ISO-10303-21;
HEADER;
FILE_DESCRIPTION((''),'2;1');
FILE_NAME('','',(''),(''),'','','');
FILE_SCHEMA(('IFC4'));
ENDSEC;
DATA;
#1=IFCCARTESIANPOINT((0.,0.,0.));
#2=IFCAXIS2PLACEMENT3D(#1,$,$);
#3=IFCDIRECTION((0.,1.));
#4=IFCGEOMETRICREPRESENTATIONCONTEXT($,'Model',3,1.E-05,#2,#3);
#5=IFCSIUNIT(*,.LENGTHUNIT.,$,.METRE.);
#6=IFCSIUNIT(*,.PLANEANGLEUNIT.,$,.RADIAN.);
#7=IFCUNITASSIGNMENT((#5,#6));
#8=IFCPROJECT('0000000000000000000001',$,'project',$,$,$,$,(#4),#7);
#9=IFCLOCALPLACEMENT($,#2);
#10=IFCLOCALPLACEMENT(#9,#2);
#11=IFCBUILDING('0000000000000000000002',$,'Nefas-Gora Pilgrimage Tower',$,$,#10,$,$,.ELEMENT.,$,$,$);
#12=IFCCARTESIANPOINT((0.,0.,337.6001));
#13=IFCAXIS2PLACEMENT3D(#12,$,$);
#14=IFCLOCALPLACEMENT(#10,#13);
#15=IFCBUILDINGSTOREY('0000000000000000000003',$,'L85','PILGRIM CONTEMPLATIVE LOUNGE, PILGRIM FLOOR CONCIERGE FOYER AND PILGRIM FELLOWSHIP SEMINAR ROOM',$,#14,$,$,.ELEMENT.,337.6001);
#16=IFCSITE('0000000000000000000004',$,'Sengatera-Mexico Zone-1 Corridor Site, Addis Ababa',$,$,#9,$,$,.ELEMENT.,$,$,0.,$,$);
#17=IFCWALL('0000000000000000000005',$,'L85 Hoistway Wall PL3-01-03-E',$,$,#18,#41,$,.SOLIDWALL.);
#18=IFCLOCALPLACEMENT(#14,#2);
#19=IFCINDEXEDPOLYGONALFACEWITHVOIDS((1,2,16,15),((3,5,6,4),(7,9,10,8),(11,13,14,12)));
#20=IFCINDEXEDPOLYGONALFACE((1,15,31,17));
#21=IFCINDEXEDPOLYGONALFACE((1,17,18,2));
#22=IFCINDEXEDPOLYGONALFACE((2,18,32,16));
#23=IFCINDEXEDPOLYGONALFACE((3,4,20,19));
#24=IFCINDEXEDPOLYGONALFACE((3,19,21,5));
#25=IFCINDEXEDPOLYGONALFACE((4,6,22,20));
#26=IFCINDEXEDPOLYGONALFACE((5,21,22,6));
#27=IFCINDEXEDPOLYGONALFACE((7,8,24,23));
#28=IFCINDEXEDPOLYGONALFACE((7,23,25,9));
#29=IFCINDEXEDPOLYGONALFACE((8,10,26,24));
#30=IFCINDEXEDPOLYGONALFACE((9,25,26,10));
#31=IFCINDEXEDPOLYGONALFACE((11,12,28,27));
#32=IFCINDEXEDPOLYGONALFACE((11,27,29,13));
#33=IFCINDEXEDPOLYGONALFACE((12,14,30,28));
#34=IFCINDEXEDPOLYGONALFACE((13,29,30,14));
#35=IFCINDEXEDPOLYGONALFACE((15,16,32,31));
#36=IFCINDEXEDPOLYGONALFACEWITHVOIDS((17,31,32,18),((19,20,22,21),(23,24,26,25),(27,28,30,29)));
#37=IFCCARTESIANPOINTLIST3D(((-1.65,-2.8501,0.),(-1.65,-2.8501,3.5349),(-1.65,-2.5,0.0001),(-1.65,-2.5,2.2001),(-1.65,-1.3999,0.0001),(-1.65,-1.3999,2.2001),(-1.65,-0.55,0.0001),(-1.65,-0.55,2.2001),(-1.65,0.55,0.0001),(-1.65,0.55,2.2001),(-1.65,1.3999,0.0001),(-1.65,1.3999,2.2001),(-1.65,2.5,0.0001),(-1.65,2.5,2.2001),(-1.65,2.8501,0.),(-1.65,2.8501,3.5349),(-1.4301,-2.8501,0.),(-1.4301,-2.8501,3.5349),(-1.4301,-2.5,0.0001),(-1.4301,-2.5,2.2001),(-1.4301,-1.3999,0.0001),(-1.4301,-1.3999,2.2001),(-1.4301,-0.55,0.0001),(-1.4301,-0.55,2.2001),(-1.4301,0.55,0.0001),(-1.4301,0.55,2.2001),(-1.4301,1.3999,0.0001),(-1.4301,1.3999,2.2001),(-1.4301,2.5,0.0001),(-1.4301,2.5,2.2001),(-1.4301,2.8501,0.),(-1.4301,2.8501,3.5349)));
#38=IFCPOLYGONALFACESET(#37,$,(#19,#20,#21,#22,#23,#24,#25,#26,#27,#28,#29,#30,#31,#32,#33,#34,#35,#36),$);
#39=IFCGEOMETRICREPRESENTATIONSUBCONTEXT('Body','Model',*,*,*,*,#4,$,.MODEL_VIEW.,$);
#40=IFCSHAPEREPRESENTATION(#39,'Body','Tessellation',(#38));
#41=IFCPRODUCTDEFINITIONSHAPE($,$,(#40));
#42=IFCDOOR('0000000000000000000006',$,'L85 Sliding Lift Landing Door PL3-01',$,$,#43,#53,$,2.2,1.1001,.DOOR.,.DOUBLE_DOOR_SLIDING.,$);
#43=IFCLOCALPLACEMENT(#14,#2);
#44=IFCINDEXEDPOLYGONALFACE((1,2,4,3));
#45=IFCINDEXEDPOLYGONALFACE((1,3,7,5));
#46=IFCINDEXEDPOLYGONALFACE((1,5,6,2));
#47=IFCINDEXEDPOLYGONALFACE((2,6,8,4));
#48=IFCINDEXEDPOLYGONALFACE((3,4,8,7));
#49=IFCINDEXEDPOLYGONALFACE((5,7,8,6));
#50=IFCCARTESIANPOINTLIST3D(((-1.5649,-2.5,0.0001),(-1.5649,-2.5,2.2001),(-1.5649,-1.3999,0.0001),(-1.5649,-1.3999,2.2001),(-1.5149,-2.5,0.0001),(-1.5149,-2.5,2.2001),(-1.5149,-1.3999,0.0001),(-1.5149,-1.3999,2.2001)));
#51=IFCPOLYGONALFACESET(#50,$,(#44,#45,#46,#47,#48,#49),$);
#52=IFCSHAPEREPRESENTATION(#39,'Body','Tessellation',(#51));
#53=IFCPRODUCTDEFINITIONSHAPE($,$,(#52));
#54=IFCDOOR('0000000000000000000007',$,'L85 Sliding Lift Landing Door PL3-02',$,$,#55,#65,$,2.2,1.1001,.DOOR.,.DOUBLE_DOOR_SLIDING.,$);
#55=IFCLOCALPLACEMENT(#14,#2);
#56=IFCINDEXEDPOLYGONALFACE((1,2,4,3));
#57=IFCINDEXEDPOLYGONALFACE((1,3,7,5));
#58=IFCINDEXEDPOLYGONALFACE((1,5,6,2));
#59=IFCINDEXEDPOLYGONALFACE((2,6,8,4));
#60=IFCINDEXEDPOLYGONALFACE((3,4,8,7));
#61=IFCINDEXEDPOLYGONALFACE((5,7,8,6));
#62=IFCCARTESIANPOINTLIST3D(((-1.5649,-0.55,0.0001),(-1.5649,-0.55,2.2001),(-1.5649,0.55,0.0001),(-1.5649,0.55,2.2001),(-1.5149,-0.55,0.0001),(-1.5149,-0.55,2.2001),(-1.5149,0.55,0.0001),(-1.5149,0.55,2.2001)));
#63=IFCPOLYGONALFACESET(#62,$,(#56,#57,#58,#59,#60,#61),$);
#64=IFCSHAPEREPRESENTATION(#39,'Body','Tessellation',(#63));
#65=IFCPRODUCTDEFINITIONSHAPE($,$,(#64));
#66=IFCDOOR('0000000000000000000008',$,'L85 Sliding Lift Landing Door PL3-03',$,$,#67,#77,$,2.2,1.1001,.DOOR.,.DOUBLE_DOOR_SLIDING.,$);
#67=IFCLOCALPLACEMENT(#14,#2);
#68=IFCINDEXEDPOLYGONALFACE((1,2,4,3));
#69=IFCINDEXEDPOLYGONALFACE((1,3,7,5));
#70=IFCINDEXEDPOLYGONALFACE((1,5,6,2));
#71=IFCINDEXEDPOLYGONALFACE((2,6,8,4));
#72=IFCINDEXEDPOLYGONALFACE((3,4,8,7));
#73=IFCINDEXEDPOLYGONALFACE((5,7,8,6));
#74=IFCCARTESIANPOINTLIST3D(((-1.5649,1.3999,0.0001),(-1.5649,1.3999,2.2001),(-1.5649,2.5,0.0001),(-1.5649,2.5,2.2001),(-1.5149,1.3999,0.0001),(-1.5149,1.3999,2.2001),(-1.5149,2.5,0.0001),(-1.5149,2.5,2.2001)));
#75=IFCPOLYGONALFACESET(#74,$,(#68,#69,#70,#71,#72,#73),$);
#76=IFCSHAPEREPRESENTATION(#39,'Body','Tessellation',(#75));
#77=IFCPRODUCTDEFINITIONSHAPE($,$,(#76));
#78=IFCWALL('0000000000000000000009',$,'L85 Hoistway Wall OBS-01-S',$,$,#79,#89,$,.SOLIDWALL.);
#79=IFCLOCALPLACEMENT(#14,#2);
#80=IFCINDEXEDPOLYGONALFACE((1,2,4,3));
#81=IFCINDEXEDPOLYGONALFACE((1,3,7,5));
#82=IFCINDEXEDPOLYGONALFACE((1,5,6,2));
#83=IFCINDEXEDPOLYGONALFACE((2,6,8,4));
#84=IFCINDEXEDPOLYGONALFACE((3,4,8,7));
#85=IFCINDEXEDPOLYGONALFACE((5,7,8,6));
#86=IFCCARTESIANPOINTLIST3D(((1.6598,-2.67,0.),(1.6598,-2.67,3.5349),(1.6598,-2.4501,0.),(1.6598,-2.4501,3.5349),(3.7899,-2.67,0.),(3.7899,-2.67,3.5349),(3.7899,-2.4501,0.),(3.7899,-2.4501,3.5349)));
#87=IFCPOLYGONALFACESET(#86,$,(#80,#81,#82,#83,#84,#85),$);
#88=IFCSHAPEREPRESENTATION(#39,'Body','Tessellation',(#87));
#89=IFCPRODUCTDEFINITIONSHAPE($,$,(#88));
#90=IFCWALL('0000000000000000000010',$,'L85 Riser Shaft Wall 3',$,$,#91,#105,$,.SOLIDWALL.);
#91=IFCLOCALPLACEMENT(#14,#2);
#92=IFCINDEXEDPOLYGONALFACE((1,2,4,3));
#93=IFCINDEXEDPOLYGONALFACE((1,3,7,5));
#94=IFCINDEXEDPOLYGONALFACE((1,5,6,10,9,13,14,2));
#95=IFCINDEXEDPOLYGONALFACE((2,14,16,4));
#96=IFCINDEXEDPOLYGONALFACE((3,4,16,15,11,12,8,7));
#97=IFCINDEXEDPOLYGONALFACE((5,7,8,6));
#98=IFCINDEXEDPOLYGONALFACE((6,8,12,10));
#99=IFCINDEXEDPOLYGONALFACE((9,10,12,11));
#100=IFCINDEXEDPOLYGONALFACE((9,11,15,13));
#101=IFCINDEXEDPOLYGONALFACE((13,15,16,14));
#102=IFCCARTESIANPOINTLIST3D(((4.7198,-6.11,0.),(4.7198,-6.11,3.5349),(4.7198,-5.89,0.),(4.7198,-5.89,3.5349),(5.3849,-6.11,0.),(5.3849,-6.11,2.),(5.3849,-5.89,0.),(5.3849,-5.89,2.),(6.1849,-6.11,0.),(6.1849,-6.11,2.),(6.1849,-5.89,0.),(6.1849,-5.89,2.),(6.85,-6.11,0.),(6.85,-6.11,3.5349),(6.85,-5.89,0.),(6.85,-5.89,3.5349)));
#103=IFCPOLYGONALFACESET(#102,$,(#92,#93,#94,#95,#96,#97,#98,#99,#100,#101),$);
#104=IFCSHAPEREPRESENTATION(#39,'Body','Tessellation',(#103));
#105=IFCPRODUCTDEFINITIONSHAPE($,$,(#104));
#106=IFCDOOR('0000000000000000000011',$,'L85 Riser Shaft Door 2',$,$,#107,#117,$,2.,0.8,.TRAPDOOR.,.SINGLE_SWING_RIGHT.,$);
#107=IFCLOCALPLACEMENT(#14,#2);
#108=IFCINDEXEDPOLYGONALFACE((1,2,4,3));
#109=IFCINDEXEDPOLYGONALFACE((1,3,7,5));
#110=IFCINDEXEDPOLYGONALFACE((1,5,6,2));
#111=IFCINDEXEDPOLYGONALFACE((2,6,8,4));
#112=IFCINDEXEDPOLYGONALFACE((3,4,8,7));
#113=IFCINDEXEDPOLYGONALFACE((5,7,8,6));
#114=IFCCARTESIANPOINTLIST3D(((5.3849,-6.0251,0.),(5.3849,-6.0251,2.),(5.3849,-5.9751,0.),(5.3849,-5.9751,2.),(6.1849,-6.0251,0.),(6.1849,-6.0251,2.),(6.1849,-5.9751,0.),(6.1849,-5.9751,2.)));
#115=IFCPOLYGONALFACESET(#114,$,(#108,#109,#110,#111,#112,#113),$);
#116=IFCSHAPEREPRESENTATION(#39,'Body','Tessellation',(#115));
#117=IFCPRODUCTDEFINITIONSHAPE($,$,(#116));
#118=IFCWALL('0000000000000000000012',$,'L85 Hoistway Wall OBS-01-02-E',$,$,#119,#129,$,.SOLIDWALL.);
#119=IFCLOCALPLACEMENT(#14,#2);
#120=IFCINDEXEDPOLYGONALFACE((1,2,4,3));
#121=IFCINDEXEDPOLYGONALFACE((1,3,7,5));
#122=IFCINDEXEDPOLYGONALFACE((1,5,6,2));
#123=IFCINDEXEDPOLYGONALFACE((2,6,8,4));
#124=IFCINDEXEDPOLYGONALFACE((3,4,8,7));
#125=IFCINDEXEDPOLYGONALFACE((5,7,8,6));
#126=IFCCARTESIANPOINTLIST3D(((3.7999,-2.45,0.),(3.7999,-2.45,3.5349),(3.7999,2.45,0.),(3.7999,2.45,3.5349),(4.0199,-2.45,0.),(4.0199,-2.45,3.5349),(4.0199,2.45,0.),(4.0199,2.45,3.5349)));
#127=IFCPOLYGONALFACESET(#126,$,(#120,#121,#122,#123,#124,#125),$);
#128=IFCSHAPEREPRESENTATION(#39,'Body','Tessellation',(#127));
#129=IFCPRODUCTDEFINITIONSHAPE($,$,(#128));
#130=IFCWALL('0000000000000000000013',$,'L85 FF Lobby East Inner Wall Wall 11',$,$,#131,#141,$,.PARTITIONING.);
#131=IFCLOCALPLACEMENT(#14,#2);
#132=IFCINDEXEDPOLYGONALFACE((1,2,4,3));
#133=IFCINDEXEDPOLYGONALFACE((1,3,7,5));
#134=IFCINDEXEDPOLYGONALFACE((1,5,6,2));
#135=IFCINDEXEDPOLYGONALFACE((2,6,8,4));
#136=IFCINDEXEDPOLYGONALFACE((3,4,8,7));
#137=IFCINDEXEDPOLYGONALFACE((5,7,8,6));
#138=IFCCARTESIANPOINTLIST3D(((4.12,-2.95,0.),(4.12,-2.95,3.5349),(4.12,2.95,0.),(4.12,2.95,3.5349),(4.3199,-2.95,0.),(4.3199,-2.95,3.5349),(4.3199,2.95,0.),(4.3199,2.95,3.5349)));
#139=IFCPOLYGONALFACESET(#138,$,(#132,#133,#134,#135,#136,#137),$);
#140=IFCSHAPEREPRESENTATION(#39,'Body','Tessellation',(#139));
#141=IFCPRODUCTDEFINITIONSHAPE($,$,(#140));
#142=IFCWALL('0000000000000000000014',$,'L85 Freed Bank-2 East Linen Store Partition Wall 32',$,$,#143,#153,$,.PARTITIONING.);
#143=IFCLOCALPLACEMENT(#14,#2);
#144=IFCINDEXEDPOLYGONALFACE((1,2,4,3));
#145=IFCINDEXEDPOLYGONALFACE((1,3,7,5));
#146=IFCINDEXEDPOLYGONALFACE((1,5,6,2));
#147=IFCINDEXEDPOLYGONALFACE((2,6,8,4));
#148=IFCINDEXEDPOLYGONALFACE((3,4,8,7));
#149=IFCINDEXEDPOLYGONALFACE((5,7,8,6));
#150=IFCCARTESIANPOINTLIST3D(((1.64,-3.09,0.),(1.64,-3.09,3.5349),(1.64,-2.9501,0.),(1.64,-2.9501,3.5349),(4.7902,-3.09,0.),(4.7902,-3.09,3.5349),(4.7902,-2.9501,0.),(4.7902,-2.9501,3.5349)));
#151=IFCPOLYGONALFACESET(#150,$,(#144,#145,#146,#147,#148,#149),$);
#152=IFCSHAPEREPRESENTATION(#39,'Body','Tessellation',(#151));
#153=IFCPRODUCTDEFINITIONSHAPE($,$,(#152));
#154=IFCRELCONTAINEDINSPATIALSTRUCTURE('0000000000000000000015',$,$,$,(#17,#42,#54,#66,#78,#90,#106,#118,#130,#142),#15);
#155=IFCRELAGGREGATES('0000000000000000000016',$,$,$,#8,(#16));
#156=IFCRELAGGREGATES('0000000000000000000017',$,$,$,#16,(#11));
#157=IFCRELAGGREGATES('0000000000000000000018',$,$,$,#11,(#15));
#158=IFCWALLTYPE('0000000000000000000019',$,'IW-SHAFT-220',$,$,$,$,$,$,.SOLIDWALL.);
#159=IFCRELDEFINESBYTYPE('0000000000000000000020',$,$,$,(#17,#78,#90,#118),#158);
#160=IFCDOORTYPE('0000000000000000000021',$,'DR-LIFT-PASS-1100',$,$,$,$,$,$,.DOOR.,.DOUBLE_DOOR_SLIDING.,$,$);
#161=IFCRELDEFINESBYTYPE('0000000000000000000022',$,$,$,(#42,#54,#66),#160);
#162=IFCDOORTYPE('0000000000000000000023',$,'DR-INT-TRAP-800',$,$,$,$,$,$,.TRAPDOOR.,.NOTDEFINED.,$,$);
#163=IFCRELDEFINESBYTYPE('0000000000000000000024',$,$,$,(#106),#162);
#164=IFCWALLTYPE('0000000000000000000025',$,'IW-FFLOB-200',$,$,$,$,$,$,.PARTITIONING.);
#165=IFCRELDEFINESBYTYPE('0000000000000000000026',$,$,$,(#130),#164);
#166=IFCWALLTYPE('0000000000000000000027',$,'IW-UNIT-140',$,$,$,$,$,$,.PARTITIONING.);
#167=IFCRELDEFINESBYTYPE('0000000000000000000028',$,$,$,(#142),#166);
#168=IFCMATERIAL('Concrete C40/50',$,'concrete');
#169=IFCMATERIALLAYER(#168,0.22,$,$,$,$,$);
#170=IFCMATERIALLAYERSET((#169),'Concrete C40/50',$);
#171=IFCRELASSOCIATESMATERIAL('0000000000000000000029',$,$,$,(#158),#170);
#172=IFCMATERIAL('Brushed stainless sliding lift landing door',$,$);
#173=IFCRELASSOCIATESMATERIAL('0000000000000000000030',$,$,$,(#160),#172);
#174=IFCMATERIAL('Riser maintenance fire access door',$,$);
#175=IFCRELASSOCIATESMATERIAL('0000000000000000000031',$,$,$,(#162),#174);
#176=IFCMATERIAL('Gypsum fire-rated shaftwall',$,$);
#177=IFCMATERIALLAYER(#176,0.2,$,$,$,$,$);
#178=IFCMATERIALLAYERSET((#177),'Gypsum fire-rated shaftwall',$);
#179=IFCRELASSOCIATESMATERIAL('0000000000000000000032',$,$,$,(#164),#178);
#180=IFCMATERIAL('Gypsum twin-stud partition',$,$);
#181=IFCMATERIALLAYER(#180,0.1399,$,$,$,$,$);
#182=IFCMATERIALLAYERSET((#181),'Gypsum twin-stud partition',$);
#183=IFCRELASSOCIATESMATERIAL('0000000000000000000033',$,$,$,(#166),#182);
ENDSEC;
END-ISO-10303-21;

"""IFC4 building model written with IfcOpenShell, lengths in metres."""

from ifc_helpers import new_model, si_unit, direction, frame, frame_2d, origin, place, context, subcontext, project, spatial, rectangle, extrude, source, transform, mapped, material, layer, layer_set, type_object, element, fill, save


model = new_model("IFC4")

# Units and contexts
model_context = context("Model", 3, precision=1e-05, world=origin(), true_north=direction((0.0, 1.0)))
body_context = subcontext(model_context, "Body", "Model", "MODEL_VIEW")
ifc_project = project(units=[si_unit("LENGTHUNIT", "METRE"), si_unit("PLANEANGLEUNIT", "RADIAN")], contexts=[model_context])

# Site, building, storey
site_placement = place(None, origin())
site = spatial("IfcSite", under=ifc_project, at=site_placement, Name="Sengatera-Mexico Zone-1 Corridor Site, Addis Ababa", CompositionType="ELEMENT", RefElevation=0.0)
building_placement = place(site_placement, origin())
building = spatial("IfcBuilding", under=site, at=building_placement, Name="Nefas-Gora Pilgrimage Tower", CompositionType="ELEMENT")
storey_placement = place(building_placement, frame((0.0, 0.0, 337.6001)))
storey = spatial("IfcBuildingStorey", under=building, at=storey_placement, Name="L85", Description="PILGRIM CONTEMPLATIVE LOUNGE, PILGRIM FLOOR CONCIERGE FOYER AND PILGRIM FELLOWSHIP SEMINAR ROOM", CompositionType="ELEMENT", Elevation=337.6001)

# Shared definitions
ifc_material_1 = material(Name="Concrete C40/50", Category="concrete")
ifc_layer_1 = layer(ifc_material_1, 0.22)
ifc_layer_set_1 = layer_set([ifc_layer_1], Name="Concrete C40/50")
wall_type_1 = type_object("IfcWallType", Name="IW-SHAFT-220", PredefinedType="SOLIDWALL", material=ifc_layer_set_1)

# Wall, openings, doors
shared_shape_1 = source(origin(), body_context, "Body", "SweptSolid", [
    extrude(rectangle(XDim=5.7002, YDim=0.22, at=frame_2d((2.8501, 0.0))), origin(), (0.0, 0.0, 1.0), 3.5349),
])
wall_1_placement = place(storey_placement, frame((-1.54, -2.8501, 0.0), z_axis=(0.0, 0.0, 1.0), x_axis=(0.0, 1.0, 0.0)))
wall_1 = element("IfcWall", 1, at=wall_1_placement, inside=storey, type_object=wall_type_1, Name="L85 Hoistway Wall PL3-01-03-E", PredefinedType="SOLIDWALL", context=body_context, shape_type="MappedRepresentation", body=[
    mapped(shared_shape_1, transform((0.0, 0.0, 0.0), x_axis=(1.0, 0.0, 0.0), y_axis=(0.0, 1.0, 0.0), z_axis=(0.0, 0.0, 1.0), scale=1.0)),
])
opening_1_placement = place(wall_1_placement, frame((0.3501, 0.0, 0.0)))
opening_1 = element("IfcOpeningElement", 2, at=opening_1_placement, cuts=wall_1, PredefinedType="OPENING", context=body_context, shape_type="SweptSolid", body=[
    extrude(rectangle(XDim=1.1001, YDim=2.2, at=frame_2d((0.55, 1.1001))), frame((0.0, 0.1199, 0.0), z_axis=(0.0, -1.0, 0.0), x_axis=(1.0, 0.0, 0.0)), (0.0, 0.0, 1.0), 0.24),
])
opening_2_placement = place(wall_1_placement, frame((2.3, 0.0, 0.0)))
opening_2 = element("IfcOpeningElement", 3, at=opening_2_placement, cuts=wall_1, PredefinedType="OPENING", context=body_context, shape_type="SweptSolid", body=[
    extrude(rectangle(XDim=1.1001, YDim=2.2, at=frame_2d((0.55, 1.1001))), frame((0.0, 0.1199, 0.0), z_axis=(0.0, -1.0, 0.0), x_axis=(1.0, 0.0, 0.0)), (0.0, 0.0, 1.0), 0.24),
])
opening_3_placement = place(wall_1_placement, frame((4.25, 0.0, 0.0)))
opening_3 = element("IfcOpeningElement", 4, at=opening_3_placement, cuts=wall_1, PredefinedType="OPENING", context=body_context, shape_type="SweptSolid", body=[
    extrude(rectangle(XDim=1.1001, YDim=2.2, at=frame_2d((0.55, 1.1001))), frame((0.0, 0.1199, 0.0), z_axis=(0.0, -1.0, 0.0), x_axis=(1.0, 0.0, 0.0)), (0.0, 0.0, 1.0), 0.24),
])
ifc_material_2 = material(Name="Brushed stainless sliding lift landing door")
door_type_1 = type_object("IfcDoorType", Name="DR-LIFT-PASS-1100", OperationType="DOUBLE_DOOR_SLIDING", PredefinedType="DOOR", material=ifc_material_2)
shared_shape_2 = source(origin(), body_context, "Body", "SweptSolid", [
    extrude(rectangle(XDim=1.1001, YDim=2.2, at=frame_2d((0.55, 1.1001))), frame((0.0, 0.0249, 0.0), z_axis=(0.0, -1.0, 0.0), x_axis=(1.0, 0.0, 0.0)), (0.0, 0.0, 1.0), 0.05),
])
door_1_placement = place(opening_1_placement, origin())
door_1 = element("IfcDoor", 5, at=door_1_placement, inside=storey, type_object=door_type_1, Name="L85 Sliding Lift Landing Door PL3-01", OperationType="DOUBLE_DOOR_SLIDING", OverallHeight=2.2, OverallWidth=1.1001, PredefinedType="DOOR", context=body_context, shape_type="MappedRepresentation", body=[
    mapped(shared_shape_2, transform((0.0, 0.0, 0.0), x_axis=(1.0, 0.0, 0.0), y_axis=(0.0, 1.0, 0.0), z_axis=(0.0, 0.0, 1.0), scale=1.0)),
])
fill(opening_1, door_1)
door_2_placement = place(opening_2_placement, origin())
door_2 = element("IfcDoor", 6, at=door_2_placement, inside=storey, type_object=door_type_1, Name="L85 Sliding Lift Landing Door PL3-02", OperationType="DOUBLE_DOOR_SLIDING", OverallHeight=2.2, OverallWidth=1.1001, PredefinedType="DOOR", context=body_context, shape_type="MappedRepresentation", body=[
    mapped(shared_shape_2, transform((0.0, 0.0, 0.0), x_axis=(1.0, 0.0, 0.0), y_axis=(0.0, 1.0, 0.0), z_axis=(0.0, 0.0, 1.0), scale=1.0)),
])
fill(opening_2, door_2)
door_3_placement = place(opening_3_placement, origin())
door_3 = element("IfcDoor", 7, at=door_3_placement, inside=storey, type_object=door_type_1, Name="L85 Sliding Lift Landing Door PL3-03", OperationType="DOUBLE_DOOR_SLIDING", OverallHeight=2.2, OverallWidth=1.1001, PredefinedType="DOOR", context=body_context, shape_type="MappedRepresentation", body=[
    mapped(shared_shape_2, transform((0.0, 0.0, 0.0), x_axis=(1.0, 0.0, 0.0), y_axis=(0.0, 1.0, 0.0), z_axis=(0.0, 0.0, 1.0), scale=1.0)),
])
fill(opening_3, door_3)

# Wall
shared_shape_3 = source(origin(), body_context, "Body", "SweptSolid", [
    extrude(rectangle(XDim=2.1301, YDim=0.22, at=frame_2d((1.0649, 0.0))), origin(), (0.0, 0.0, 1.0), 3.5349),
])
wall_2_placement = place(storey_placement, frame((1.6599, -2.5601, 0.0), z_axis=(0.0, 0.0, 1.0), x_axis=(1.0, 0.0, 0.0)))
element("IfcWall", 8, at=wall_2_placement, inside=storey, type_object=wall_type_1, Name="L85 Hoistway Wall OBS-01-S", PredefinedType="SOLIDWALL", context=body_context, shape_type="MappedRepresentation", body=[
    mapped(shared_shape_3, transform((0.0, 0.0, 0.0), x_axis=(1.0, 0.0, 0.0), y_axis=(0.0, 1.0, 0.0), z_axis=(0.0, 0.0, 1.0), scale=1.0)),
])

# Wall, opening, door
wall_3_placement = place(storey_placement, frame((4.72, -6.0, 0.0), z_axis=(0.0, 0.0, 1.0), x_axis=(1.0, 0.0, 0.0)))
wall_3 = element("IfcWall", 9, at=wall_3_placement, inside=storey, type_object=wall_type_1, Name="L85 Riser Shaft Wall 3", PredefinedType="SOLIDWALL", context=body_context, shape_type="MappedRepresentation", body=[
    mapped(shared_shape_3, transform((0.0, 0.0, 0.0), x_axis=(1.0, 0.0, 0.0), y_axis=(0.0, 1.0, 0.0), z_axis=(0.0, 0.0, 1.0), scale=1.0)),
])
opening_4_placement = place(wall_3_placement, frame((0.665, 0.0, 0.0)))
opening_4 = element("IfcOpeningElement", 10, at=opening_4_placement, cuts=wall_3, PredefinedType="OPENING", context=body_context, shape_type="SweptSolid", body=[
    extrude(rectangle(XDim=0.8, YDim=2.0, at=frame_2d((0.3999, 1.0))), frame((0.0, 0.1199, 0.0), z_axis=(0.0, -1.0, 0.0), x_axis=(1.0, 0.0, 0.0)), (0.0, 0.0, 1.0), 0.24),
])
ifc_material_3 = material(Name="Riser maintenance fire access door")
door_type_2 = type_object("IfcDoorType", Name="DR-INT-TRAP-800", OperationType="NOTDEFINED", PredefinedType="TRAPDOOR", material=ifc_material_3)
shared_shape_4 = source(origin(), body_context, "Body", "SweptSolid", [
    extrude(rectangle(XDim=0.8, YDim=2.0, at=frame_2d((0.3999, 1.0))), frame((0.0, 0.0249, 0.0), z_axis=(0.0, -1.0, 0.0), x_axis=(1.0, 0.0, 0.0)), (0.0, 0.0, 1.0), 0.05),
])
door_4_placement = place(opening_4_placement, origin())
door_4 = element("IfcDoor", 11, at=door_4_placement, inside=storey, type_object=door_type_2, Name="L85 Riser Shaft Door 2", OperationType="SINGLE_SWING_RIGHT", OverallHeight=2.0, OverallWidth=0.8, PredefinedType="TRAPDOOR", context=body_context, shape_type="MappedRepresentation", body=[
    mapped(shared_shape_4, transform((0.0, 0.0, 0.0), x_axis=(1.0, 0.0, 0.0), y_axis=(0.0, 1.0, 0.0), z_axis=(0.0, 0.0, 1.0), scale=1.0)),
])
fill(opening_4, door_4)

# Walls
shared_shape_5 = source(origin(), body_context, "Body", "SweptSolid", [
    extrude(rectangle(XDim=4.8999, YDim=0.22, at=frame_2d((2.45, 0.0))), origin(), (0.0, 0.0, 1.0), 3.5349),
])
wall_4_placement = place(storey_placement, frame((3.9099, -2.45, 0.0), z_axis=(0.0, 0.0, 1.0), x_axis=(0.0, 1.0, 0.0)))
element("IfcWall", 12, at=wall_4_placement, inside=storey, type_object=wall_type_1, Name="L85 Hoistway Wall OBS-01-02-E", PredefinedType="SOLIDWALL", context=body_context, shape_type="MappedRepresentation", body=[
    mapped(shared_shape_5, transform((0.0, 0.0, 0.0), x_axis=(1.0, 0.0, 0.0), y_axis=(0.0, 1.0, 0.0), z_axis=(0.0, 0.0, 1.0), scale=1.0)),
])
ifc_material_4 = material(Name="Gypsum fire-rated shaftwall")
ifc_layer_2 = layer(ifc_material_4, 0.2)
ifc_layer_set_2 = layer_set([ifc_layer_2], Name="Gypsum fire-rated shaftwall")
wall_type_2 = type_object("IfcWallType", Name="IW-FFLOB-200", PredefinedType="PARTITIONING", material=ifc_layer_set_2)
shared_shape_6 = source(origin(), body_context, "Body", "SweptSolid", [
    extrude(rectangle(XDim=5.8999, YDim=0.2, at=frame_2d((2.95, 0.0))), origin(), (0.0, 0.0, 1.0), 3.5349),
])
wall_5_placement = place(storey_placement, frame((4.22, -2.95, 0.0), z_axis=(0.0, 0.0, 1.0), x_axis=(0.0, 1.0, 0.0)))
element("IfcWall", 13, at=wall_5_placement, inside=storey, type_object=wall_type_2, Name="L85 FF Lobby East Inner Wall Wall 11", PredefinedType="PARTITIONING", context=body_context, shape_type="MappedRepresentation", body=[
    mapped(shared_shape_6, transform((0.0, 0.0, 0.0), x_axis=(1.0, 0.0, 0.0), y_axis=(0.0, 1.0, 0.0), z_axis=(0.0, 0.0, 1.0), scale=1.0)),
])
ifc_material_5 = material(Name="Gypsum twin-stud partition")
ifc_layer_3 = layer(ifc_material_5, 0.1399)
ifc_layer_set_3 = layer_set([ifc_layer_3], Name="Gypsum twin-stud partition")
wall_type_3 = type_object("IfcWallType", Name="IW-UNIT-140", PredefinedType="PARTITIONING", material=ifc_layer_set_3)
shared_shape_7 = source(origin(), body_context, "Body", "SweptSolid", [
    extrude(rectangle(XDim=3.1501, YDim=0.1399, at=frame_2d((1.5752, 0.0))), origin(), (0.0, 0.0, 1.0), 3.5349),
])
for number, where, z_axis, x_axis, name in (
    (14, (1.6399, -3.02, 0.0), (0.0, 0.0, 1.0), (1.0, 0.0, 0.0), "L85 Freed Bank-2 East Linen Store Partition Wall 32"),
):
    element("IfcWall", number, at=place(storey_placement, frame(where, z_axis=z_axis, x_axis=x_axis)), inside=storey, type_object=wall_type_3, Name=name, PredefinedType="PARTITIONING", context=body_context, shape_type="MappedRepresentation", body=[
        mapped(shared_shape_7, transform((0.0, 0.0, 0.0), x_axis=(1.0, 0.0, 0.0), y_axis=(0.0, 1.0, 0.0), z_axis=(0.0, 0.0, 1.0), scale=1.0)),
    ])

save(model, "model.ifc")
